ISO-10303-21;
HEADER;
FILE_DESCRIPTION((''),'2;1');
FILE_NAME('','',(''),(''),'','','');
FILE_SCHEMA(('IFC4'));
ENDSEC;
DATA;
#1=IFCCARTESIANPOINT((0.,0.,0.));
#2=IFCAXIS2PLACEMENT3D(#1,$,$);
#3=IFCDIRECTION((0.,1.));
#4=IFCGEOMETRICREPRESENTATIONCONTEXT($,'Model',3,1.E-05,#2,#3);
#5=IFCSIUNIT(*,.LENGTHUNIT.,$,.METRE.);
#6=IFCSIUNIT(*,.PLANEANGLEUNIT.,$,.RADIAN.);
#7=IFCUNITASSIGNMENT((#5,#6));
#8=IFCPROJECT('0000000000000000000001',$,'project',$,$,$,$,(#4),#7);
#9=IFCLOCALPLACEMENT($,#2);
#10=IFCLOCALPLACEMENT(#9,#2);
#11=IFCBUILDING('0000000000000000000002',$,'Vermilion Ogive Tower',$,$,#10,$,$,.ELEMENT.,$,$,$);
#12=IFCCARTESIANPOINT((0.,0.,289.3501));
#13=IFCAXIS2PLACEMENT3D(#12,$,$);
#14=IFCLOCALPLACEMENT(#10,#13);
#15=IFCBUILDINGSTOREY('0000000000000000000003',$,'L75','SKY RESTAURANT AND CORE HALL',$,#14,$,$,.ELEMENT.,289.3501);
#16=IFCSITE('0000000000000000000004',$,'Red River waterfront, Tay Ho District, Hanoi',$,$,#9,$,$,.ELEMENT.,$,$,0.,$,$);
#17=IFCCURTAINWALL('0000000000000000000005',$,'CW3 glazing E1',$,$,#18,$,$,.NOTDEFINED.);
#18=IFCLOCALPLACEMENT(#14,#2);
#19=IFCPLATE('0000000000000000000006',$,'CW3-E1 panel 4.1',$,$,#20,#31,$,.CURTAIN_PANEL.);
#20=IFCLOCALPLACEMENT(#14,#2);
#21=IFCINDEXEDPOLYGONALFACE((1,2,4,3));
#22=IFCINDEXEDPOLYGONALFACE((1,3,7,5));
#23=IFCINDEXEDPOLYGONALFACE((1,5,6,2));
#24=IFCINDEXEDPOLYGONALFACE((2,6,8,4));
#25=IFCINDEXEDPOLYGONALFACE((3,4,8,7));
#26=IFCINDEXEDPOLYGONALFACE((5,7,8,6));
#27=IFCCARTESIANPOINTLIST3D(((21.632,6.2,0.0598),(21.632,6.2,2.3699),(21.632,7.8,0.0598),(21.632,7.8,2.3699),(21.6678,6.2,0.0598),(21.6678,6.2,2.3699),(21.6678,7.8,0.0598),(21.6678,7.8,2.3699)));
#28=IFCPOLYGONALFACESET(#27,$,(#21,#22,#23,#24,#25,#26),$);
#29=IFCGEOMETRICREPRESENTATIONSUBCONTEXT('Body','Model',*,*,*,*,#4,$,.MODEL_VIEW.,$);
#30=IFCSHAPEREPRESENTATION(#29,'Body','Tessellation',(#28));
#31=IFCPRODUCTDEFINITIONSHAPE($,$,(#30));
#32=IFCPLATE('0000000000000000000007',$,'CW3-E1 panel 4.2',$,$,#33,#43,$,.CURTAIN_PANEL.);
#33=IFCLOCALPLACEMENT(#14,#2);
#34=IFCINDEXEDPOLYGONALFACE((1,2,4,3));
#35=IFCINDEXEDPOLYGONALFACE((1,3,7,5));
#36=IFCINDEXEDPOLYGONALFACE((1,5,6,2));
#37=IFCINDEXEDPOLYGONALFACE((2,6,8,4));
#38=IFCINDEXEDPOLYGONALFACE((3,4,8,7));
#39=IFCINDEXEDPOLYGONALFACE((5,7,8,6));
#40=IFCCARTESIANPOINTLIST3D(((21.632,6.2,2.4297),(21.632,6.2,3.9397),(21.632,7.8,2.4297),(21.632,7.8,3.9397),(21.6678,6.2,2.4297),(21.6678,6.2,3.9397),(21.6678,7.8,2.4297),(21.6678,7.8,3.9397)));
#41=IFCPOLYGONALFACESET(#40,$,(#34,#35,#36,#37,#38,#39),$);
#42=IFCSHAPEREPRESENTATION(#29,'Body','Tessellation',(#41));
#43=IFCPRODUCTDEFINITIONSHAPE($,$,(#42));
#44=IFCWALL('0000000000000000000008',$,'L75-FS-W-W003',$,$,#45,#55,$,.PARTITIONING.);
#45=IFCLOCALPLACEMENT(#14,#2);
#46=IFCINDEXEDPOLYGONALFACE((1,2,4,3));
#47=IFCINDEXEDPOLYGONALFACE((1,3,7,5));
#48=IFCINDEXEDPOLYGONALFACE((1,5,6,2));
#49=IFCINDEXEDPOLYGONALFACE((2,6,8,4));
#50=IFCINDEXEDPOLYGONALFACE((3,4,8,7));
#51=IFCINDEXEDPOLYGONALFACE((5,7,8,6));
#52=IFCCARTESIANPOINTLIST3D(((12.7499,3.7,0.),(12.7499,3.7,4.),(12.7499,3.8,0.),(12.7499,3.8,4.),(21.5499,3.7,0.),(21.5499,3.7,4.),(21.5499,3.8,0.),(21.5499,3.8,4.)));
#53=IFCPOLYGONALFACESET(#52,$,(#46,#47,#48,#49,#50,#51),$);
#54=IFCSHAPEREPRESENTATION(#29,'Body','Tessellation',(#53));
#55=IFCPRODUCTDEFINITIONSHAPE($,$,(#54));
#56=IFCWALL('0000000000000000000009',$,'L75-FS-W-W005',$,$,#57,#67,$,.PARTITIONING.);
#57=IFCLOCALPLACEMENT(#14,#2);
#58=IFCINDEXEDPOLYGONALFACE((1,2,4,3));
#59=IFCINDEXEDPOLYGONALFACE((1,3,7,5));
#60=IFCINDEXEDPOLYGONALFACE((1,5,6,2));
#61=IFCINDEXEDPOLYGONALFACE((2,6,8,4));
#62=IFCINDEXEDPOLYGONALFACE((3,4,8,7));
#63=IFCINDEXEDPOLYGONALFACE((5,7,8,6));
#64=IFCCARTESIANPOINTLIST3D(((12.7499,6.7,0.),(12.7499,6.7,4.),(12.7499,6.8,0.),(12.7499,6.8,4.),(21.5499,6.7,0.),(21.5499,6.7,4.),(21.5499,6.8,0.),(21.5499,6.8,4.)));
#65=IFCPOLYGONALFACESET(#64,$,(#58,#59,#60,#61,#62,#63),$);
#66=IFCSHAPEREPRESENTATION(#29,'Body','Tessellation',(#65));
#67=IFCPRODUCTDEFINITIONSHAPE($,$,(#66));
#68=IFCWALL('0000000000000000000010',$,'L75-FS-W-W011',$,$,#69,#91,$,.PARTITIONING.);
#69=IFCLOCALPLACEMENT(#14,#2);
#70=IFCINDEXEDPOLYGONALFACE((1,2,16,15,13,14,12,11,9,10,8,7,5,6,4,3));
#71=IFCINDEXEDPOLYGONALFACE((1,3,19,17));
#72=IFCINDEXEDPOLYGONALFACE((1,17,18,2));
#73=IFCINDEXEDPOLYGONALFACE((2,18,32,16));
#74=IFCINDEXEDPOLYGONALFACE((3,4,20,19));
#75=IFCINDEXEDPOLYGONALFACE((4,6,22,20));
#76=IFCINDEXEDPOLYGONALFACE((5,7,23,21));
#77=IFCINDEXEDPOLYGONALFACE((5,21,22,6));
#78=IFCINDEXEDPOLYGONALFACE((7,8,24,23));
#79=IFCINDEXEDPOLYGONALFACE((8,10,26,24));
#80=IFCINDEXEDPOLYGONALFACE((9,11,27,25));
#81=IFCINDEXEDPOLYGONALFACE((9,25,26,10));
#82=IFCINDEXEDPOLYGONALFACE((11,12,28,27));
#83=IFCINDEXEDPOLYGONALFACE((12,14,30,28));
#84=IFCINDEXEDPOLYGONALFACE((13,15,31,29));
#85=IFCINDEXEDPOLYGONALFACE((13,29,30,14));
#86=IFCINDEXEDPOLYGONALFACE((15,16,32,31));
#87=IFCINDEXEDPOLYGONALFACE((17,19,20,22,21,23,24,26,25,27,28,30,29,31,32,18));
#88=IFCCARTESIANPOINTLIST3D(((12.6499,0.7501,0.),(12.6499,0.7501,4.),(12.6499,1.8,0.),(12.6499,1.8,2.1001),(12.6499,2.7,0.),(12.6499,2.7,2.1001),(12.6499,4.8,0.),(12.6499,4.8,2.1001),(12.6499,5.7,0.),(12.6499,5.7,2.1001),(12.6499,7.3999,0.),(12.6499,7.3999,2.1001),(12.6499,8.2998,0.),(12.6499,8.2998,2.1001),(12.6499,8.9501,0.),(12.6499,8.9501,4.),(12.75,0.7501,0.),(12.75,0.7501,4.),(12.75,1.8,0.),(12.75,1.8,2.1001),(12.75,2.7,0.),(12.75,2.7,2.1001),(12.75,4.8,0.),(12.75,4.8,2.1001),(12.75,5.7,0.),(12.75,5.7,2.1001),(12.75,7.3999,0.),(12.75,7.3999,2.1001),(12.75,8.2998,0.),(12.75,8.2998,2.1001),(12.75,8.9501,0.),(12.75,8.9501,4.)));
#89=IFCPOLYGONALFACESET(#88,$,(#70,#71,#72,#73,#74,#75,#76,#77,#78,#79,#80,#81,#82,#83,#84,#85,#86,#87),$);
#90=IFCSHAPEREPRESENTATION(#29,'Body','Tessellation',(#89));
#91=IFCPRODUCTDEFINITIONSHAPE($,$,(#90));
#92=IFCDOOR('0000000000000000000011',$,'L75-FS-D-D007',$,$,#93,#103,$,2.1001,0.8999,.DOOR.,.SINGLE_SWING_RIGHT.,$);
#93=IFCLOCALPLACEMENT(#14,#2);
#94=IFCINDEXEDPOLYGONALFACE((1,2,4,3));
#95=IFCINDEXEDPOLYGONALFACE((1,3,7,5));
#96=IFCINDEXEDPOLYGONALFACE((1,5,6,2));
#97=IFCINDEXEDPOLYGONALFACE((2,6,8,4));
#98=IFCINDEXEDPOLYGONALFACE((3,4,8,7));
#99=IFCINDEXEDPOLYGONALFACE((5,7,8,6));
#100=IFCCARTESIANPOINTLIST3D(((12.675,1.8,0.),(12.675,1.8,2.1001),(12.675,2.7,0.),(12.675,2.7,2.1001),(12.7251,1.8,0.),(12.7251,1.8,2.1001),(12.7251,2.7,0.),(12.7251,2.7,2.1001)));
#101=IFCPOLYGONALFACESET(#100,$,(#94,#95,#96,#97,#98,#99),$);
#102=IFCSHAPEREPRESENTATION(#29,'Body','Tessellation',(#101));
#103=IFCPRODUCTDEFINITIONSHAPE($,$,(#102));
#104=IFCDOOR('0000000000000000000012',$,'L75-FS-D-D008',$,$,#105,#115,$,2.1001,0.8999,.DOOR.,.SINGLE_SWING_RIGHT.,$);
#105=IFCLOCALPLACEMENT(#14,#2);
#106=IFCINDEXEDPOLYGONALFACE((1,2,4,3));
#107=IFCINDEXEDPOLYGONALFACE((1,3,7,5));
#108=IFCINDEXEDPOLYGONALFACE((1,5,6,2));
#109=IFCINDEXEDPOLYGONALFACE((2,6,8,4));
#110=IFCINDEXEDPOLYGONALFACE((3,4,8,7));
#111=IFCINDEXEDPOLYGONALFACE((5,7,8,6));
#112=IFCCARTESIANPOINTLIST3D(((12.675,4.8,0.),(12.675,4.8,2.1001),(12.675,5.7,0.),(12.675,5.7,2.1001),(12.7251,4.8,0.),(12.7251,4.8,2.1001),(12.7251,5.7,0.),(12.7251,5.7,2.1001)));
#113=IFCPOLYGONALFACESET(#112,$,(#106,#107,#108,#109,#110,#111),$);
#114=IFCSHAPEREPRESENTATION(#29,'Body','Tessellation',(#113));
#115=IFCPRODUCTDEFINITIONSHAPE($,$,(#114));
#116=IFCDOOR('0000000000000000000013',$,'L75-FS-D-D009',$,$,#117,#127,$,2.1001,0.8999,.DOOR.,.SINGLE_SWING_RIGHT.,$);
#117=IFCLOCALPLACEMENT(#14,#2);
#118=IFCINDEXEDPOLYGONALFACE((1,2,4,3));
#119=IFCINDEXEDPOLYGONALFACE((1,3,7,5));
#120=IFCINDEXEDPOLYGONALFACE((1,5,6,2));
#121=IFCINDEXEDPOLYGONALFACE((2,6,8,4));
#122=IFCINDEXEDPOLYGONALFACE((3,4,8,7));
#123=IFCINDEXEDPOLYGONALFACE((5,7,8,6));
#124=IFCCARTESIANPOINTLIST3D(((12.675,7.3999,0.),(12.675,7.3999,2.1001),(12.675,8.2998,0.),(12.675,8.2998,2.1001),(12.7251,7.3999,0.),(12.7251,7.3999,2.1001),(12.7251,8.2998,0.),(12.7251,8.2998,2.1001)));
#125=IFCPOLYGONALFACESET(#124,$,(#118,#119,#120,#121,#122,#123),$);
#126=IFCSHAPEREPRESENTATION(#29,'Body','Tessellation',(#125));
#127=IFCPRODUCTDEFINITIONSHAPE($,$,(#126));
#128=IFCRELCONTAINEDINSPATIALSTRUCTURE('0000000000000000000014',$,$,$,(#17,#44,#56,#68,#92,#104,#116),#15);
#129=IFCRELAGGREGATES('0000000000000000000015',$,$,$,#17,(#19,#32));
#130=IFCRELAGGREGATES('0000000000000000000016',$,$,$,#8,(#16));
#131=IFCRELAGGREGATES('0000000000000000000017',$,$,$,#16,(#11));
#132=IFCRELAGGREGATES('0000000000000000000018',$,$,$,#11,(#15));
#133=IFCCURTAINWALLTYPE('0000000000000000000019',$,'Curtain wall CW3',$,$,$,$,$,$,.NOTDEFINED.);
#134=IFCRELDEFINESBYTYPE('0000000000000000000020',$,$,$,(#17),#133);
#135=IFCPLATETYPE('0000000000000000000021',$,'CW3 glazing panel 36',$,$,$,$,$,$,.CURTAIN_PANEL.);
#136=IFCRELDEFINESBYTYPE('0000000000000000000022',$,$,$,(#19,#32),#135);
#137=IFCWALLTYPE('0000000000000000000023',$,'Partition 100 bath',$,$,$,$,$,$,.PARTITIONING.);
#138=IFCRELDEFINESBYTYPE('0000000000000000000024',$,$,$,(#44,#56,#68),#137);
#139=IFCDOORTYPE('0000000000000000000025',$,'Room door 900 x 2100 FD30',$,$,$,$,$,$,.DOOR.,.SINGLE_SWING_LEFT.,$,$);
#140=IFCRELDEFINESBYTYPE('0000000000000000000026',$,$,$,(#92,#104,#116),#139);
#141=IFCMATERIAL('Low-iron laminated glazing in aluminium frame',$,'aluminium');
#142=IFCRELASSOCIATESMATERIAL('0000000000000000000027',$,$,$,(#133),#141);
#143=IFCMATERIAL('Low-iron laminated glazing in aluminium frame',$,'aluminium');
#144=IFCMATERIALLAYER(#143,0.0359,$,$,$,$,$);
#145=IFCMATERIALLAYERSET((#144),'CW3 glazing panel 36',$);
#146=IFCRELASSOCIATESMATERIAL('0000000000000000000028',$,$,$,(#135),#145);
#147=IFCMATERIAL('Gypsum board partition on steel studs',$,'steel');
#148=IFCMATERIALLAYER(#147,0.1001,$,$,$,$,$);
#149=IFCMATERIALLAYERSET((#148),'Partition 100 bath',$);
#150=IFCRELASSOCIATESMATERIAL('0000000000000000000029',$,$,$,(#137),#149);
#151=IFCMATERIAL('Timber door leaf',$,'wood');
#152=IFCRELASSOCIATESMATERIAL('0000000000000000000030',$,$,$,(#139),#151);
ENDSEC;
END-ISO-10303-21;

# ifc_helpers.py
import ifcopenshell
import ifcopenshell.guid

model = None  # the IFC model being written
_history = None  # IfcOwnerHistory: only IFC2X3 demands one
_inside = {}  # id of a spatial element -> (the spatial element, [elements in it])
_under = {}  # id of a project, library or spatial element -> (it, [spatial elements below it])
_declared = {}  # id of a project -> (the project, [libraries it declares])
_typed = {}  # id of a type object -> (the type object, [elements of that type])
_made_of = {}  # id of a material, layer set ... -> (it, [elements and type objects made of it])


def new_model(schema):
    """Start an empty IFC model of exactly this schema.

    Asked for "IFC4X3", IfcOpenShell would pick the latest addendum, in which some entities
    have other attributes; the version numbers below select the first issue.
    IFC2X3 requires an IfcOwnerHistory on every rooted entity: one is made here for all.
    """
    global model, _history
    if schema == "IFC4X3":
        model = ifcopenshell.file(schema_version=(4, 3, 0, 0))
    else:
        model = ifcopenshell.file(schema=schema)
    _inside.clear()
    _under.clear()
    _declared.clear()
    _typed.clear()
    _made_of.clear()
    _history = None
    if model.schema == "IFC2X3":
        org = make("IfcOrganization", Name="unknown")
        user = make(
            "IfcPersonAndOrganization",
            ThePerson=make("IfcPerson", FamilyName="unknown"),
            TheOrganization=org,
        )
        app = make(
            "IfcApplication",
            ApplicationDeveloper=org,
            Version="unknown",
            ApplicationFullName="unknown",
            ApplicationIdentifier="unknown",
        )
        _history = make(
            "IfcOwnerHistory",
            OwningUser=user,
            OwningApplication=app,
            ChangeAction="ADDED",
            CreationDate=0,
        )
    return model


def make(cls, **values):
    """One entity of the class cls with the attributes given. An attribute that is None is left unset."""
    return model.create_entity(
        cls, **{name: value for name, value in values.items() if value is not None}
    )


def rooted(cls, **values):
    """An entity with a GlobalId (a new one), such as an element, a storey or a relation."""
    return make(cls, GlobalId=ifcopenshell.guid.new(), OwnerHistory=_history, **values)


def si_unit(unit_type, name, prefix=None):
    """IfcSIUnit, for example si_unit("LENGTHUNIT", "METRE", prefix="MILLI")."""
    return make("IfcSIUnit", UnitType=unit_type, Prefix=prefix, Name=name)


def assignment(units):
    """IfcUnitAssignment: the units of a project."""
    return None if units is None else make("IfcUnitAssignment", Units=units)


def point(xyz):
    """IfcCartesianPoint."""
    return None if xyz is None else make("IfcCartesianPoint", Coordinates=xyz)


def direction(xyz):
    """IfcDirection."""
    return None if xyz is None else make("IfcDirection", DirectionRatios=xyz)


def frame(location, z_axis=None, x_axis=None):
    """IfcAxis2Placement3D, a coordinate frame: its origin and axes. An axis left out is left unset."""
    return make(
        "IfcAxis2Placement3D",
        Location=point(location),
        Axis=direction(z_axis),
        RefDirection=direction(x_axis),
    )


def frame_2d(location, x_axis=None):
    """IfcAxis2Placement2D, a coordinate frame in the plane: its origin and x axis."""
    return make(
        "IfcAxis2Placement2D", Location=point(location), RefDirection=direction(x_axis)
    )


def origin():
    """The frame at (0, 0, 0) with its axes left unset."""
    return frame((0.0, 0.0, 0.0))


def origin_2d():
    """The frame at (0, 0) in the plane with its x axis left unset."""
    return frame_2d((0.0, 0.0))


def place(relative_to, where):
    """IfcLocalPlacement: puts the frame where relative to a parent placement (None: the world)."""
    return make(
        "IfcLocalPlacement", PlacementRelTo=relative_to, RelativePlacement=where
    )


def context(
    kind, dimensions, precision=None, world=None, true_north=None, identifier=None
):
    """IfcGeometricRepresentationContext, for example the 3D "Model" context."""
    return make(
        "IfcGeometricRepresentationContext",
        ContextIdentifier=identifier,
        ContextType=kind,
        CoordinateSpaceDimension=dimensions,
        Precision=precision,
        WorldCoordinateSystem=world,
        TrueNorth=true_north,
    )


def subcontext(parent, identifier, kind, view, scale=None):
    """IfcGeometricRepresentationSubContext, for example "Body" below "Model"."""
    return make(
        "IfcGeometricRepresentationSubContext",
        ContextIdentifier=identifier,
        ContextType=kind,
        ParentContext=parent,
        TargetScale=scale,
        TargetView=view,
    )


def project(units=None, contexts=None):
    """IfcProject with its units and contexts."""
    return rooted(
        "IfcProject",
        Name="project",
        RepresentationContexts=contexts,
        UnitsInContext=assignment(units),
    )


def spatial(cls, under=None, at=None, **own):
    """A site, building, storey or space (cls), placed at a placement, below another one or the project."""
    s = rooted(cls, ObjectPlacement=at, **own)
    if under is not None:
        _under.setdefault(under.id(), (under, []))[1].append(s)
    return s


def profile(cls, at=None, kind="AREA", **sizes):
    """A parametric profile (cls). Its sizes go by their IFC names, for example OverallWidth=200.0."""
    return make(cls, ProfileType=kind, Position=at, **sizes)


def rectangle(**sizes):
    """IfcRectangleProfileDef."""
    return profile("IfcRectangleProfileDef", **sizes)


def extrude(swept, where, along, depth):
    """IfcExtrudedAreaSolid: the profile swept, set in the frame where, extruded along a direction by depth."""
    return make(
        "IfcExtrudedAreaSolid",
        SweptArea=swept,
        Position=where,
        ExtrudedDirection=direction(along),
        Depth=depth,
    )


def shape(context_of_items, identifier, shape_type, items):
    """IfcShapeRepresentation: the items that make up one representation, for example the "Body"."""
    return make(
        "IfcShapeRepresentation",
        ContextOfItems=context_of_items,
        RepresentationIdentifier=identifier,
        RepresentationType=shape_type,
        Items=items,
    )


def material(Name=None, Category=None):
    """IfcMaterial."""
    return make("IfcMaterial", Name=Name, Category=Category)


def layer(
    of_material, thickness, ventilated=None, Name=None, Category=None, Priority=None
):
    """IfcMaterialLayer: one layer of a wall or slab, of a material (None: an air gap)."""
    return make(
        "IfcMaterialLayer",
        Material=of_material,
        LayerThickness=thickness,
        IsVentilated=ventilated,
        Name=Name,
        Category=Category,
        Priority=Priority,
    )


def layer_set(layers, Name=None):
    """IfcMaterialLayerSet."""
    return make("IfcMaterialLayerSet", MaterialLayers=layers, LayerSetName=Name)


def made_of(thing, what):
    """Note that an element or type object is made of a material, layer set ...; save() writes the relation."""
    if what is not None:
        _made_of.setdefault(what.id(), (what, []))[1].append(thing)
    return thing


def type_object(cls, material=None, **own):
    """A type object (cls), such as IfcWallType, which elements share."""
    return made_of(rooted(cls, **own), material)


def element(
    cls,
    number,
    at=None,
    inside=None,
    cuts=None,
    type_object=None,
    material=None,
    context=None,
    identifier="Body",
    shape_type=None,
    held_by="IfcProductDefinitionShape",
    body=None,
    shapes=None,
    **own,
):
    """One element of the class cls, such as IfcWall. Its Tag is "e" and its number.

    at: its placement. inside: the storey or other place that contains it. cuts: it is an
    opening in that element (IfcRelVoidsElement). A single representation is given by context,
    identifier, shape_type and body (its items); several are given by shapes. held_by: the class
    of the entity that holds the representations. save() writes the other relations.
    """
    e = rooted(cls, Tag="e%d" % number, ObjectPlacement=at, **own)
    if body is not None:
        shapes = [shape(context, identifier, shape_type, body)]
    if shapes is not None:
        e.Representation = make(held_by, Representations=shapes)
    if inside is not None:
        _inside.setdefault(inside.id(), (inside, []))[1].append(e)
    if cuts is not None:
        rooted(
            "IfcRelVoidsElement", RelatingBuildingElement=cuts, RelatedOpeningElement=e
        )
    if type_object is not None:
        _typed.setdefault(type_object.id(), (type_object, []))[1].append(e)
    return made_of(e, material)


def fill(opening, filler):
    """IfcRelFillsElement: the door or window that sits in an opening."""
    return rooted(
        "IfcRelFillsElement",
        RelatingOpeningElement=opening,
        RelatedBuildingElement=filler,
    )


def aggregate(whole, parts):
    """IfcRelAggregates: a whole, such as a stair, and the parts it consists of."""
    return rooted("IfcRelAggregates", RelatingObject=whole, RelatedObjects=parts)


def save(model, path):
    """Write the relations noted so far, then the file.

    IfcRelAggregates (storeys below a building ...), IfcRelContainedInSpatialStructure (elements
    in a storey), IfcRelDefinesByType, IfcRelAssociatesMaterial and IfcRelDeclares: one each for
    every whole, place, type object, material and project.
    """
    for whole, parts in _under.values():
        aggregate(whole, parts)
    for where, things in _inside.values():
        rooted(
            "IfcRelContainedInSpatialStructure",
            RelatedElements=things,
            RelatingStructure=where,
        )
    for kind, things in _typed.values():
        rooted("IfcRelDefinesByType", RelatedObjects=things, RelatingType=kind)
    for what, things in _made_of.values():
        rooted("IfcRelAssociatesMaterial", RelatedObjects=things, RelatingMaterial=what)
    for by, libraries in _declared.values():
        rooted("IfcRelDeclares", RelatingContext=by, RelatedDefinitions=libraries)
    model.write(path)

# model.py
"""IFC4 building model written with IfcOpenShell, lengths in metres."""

from ifc_helpers import new_model, si_unit, direction, frame, frame_2d, origin, origin_2d, place, context, subcontext, project, spatial, rectangle, extrude, material, layer, layer_set, type_object, element, fill, aggregate, save


model = new_model("IFC4")

# Units and contexts
model_context = context("Model", 3, precision=1e-05, world=origin(), true_north=direction((0.0, 1.0)))
body_context = subcontext(model_context, "Body", "Model", "MODEL_VIEW")
ifc_project = project(units=[si_unit("LENGTHUNIT", "METRE"), si_unit("PLANEANGLEUNIT", "RADIAN")], contexts=[model_context])

# Site, building, storey
site_placement = place(None, origin())
site = spatial("IfcSite", under=ifc_project, at=site_placement, Name="Red River waterfront, Tay Ho District, Hanoi", CompositionType="ELEMENT", RefElevation=0.0)
building_placement = place(site_placement, origin())
building = spatial("IfcBuilding", under=site, at=building_placement, Name="Vermilion Ogive Tower", CompositionType="ELEMENT")
storey_placement = place(building_placement, frame((0.0, 0.0, 289.3501)))
storey = spatial("IfcBuildingStorey", under=building, at=storey_placement, Name="L75", Description="SKY RESTAURANT AND CORE HALL", CompositionType="ELEMENT", Elevation=289.3501)

# Curtain wall
ifc_material_1 = material(Name="Low-iron laminated glazing in aluminium frame", Category="aluminium")
curtain_wall_type = type_object("IfcCurtainWallType", Name="Curtain wall CW3", PredefinedType="NOTDEFINED", material=ifc_material_1)
curtain_wall_placement = place(storey_placement, origin())
curtain_wall = element("IfcCurtainWall", 1, at=curtain_wall_placement, inside=storey, type_object=curtain_wall_type, Name="CW3 glazing E1", PredefinedType="NOTDEFINED")

# Plates
ifc_material_2 = material(Name="Low-iron laminated glazing in aluminium frame", Category="aluminium")
ifc_layer_1 = layer(ifc_material_2, 0.0359)
ifc_layer_set_1 = layer_set([ifc_layer_1], Name="CW3 glazing panel 36")
plate_type = type_object("IfcPlateType", Name="CW3 glazing panel 36", PredefinedType="CURTAIN_PANEL", material=ifc_layer_set_1)
plate_1_placement = place(storey_placement, frame((21.6499, 7.0, 0.0598), z_axis=(0.0, 0.0, 1.0), x_axis=(0.0, 1.0, 0.0)))
plate_1 = element("IfcPlate", 2, at=plate_1_placement, type_object=plate_type, Name="CW3-E1 panel 4.1", PredefinedType="CURTAIN_PANEL", context=body_context, shape_type="SweptSolid", body=[
    extrude(rectangle(XDim=1.6001, YDim=0.0359, at=origin_2d()), origin(), (0.0, 0.0, 1.0), 2.3101),
])
plate_2_placement = place(storey_placement, frame((21.6499, 7.0, 2.4297), z_axis=(0.0, 0.0, 1.0), x_axis=(0.0, 1.0, 0.0)))
plate_2 = element("IfcPlate", 3, at=plate_2_placement, type_object=plate_type, Name="CW3-E1 panel 4.2", PredefinedType="CURTAIN_PANEL", context=body_context, shape_type="SweptSolid", body=[
    extrude(rectangle(XDim=1.6001, YDim=0.0359, at=origin_2d()), origin(), (0.0, 0.0, 1.0), 1.51),
])
aggregate(curtain_wall, [plate_1, plate_2])

# Walls
ifc_material_3 = material(Name="Gypsum board partition on steel studs", Category="steel")
ifc_layer_2 = layer(ifc_material_3, 0.1001)
ifc_layer_set_2 = layer_set([ifc_layer_2], Name="Partition 100 bath")
wall_type = type_object("IfcWallType", Name="Partition 100 bath", PredefinedType="PARTITIONING", material=ifc_layer_set_2)
for number, where, z_axis, x_axis, name in (
    (4, (12.75, 3.75, 0.0), (0.0, 0.0, 1.0), (1.0, 0.0, 0.0), "L75-FS-W-W003"),
    (5, (12.75, 6.75, 0.0), (0.0, 0.0, 1.0), (1.0, 0.0, 0.0), "L75-FS-W-W005"),
):
    element("IfcWall", number, at=place(storey_placement, frame(where, z_axis=z_axis, x_axis=x_axis)), inside=storey, type_object=wall_type, Name=name, PredefinedType="PARTITIONING", context=body_context, shape_type="SweptSolid", body=[
        extrude(rectangle(XDim=8.8, YDim=0.1001, at=frame_2d((4.3999, 0.0))), origin(), (0.0, 0.0, 1.0), 4.0),
    ])

# Wall, openings, doors
wall_placement = place(storey_placement, frame((12.7, 0.75, 0.0), z_axis=(0.0, 0.0, 1.0), x_axis=(0.0, 1.0, 0.0)))
wall = element("IfcWall", 6, at=wall_placement, inside=storey, type_object=wall_type, Name="L75-FS-W-W011", PredefinedType="PARTITIONING", context=body_context, shape_type="SweptSolid", body=[
    extrude(rectangle(XDim=8.2, YDim=0.1001, at=frame_2d((4.1001, 0.0))), origin(), (0.0, 0.0, 1.0), 4.0),
])
opening_1_placement = place(wall_placement, frame((1.05, 0.0, 0.0)))
opening_1 = element("IfcOpeningElement", 7, at=opening_1_placement, cuts=wall, PredefinedType="OPENING", context=body_context, shape_type="SweptSolid", body=[
    extrude(rectangle(XDim=0.8999, YDim=2.1001, at=frame_2d((0.45, 1.05))), frame((0.0, 0.0601, 0.0), z_axis=(0.0, -1.0, 0.0), x_axis=(1.0, 0.0, 0.0)), (0.0, 0.0, 1.0), 0.1201),
])
opening_2_placement = place(wall_placement, frame((4.05, 0.0, 0.0)))
opening_2 = element("IfcOpeningElement", 8, at=opening_2_placement, cuts=wall, PredefinedType="OPENING", context=body_context, shape_type="SweptSolid", body=[
    extrude(rectangle(XDim=0.8999, YDim=2.1001, at=frame_2d((0.45, 1.05))), frame((0.0, 0.0601, 0.0), z_axis=(0.0, -1.0, 0.0), x_axis=(1.0, 0.0, 0.0)), (0.0, 0.0, 1.0), 0.1201),
])
opening_3_placement = place(wall_placement, frame((6.6499, 0.0, 0.0)))
opening_3 = element("IfcOpeningElement", 9, at=opening_3_placement, cuts=wall, PredefinedType="OPENING", context=body_context, shape_type="SweptSolid", body=[
    extrude(rectangle(XDim=0.8999, YDim=2.1001, at=frame_2d((0.45, 1.05))), frame((0.0, 0.0601, 0.0), z_axis=(0.0, -1.0, 0.0), x_axis=(1.0, 0.0, 0.0)), (0.0, 0.0, 1.0), 0.1201),
])
ifc_material_4 = material(Name="Timber door leaf", Category="wood")
door_type = type_object("IfcDoorType", Name="Room door 900 x 2100 FD30", OperationType="SINGLE_SWING_LEFT", PredefinedType="DOOR", material=ifc_material_4)
door_1_placement = place(opening_1_placement, origin())
door_1 = element("IfcDoor", 10, at=door_1_placement, inside=storey, type_object=door_type, Name="L75-FS-D-D007", OperationType="SINGLE_SWING_RIGHT", OverallHeight=2.1001, OverallWidth=0.8999, PredefinedType="DOOR", context=body_context, shape_type="SweptSolid", body=[
    extrude(rectangle(XDim=0.8999, YDim=2.1001, at=frame_2d((0.45, 1.05))), frame((0.0, 0.0249, 0.0), z_axis=(0.0, -1.0, 0.0), x_axis=(1.0, 0.0, 0.0)), (0.0, 0.0, 1.0), 0.05),
])
fill(opening_1, door_1)
door_2_placement = place(opening_2_placement, origin())
door_2 = element("IfcDoor", 11, at=door_2_placement, inside=storey, type_object=door_type, Name="L75-FS-D-D008", OperationType="SINGLE_SWING_RIGHT", OverallHeight=2.1001, OverallWidth=0.8999, PredefinedType="DOOR", context=body_context, shape_type="SweptSolid", body=[
    extrude(rectangle(XDim=0.8999, YDim=2.1001, at=frame_2d((0.45, 1.05))), frame((0.0, 0.0249, 0.0), z_axis=(0.0, -1.0, 0.0), x_axis=(1.0, 0.0, 0.0)), (0.0, 0.0, 1.0), 0.05),
])
fill(opening_2, door_2)
door_3_placement = place(opening_3_placement, origin())
door_3 = element("IfcDoor", 12, at=door_3_placement, inside=storey, type_object=door_type, Name="L75-FS-D-D009", OperationType="SINGLE_SWING_RIGHT", OverallHeight=2.1001, OverallWidth=0.8999, PredefinedType="DOOR", context=body_context, shape_type="SweptSolid", body=[
    extrude(rectangle(XDim=0.8999, YDim=2.1001, at=frame_2d((0.45, 1.05))), frame((0.0, 0.0249, 0.0), z_axis=(0.0, -1.0, 0.0), x_axis=(1.0, 0.0, 0.0)), (0.0, 0.0, 1.0), 0.05),
])
fill(opening_3, door_3)

save(model, "model.ifc")
